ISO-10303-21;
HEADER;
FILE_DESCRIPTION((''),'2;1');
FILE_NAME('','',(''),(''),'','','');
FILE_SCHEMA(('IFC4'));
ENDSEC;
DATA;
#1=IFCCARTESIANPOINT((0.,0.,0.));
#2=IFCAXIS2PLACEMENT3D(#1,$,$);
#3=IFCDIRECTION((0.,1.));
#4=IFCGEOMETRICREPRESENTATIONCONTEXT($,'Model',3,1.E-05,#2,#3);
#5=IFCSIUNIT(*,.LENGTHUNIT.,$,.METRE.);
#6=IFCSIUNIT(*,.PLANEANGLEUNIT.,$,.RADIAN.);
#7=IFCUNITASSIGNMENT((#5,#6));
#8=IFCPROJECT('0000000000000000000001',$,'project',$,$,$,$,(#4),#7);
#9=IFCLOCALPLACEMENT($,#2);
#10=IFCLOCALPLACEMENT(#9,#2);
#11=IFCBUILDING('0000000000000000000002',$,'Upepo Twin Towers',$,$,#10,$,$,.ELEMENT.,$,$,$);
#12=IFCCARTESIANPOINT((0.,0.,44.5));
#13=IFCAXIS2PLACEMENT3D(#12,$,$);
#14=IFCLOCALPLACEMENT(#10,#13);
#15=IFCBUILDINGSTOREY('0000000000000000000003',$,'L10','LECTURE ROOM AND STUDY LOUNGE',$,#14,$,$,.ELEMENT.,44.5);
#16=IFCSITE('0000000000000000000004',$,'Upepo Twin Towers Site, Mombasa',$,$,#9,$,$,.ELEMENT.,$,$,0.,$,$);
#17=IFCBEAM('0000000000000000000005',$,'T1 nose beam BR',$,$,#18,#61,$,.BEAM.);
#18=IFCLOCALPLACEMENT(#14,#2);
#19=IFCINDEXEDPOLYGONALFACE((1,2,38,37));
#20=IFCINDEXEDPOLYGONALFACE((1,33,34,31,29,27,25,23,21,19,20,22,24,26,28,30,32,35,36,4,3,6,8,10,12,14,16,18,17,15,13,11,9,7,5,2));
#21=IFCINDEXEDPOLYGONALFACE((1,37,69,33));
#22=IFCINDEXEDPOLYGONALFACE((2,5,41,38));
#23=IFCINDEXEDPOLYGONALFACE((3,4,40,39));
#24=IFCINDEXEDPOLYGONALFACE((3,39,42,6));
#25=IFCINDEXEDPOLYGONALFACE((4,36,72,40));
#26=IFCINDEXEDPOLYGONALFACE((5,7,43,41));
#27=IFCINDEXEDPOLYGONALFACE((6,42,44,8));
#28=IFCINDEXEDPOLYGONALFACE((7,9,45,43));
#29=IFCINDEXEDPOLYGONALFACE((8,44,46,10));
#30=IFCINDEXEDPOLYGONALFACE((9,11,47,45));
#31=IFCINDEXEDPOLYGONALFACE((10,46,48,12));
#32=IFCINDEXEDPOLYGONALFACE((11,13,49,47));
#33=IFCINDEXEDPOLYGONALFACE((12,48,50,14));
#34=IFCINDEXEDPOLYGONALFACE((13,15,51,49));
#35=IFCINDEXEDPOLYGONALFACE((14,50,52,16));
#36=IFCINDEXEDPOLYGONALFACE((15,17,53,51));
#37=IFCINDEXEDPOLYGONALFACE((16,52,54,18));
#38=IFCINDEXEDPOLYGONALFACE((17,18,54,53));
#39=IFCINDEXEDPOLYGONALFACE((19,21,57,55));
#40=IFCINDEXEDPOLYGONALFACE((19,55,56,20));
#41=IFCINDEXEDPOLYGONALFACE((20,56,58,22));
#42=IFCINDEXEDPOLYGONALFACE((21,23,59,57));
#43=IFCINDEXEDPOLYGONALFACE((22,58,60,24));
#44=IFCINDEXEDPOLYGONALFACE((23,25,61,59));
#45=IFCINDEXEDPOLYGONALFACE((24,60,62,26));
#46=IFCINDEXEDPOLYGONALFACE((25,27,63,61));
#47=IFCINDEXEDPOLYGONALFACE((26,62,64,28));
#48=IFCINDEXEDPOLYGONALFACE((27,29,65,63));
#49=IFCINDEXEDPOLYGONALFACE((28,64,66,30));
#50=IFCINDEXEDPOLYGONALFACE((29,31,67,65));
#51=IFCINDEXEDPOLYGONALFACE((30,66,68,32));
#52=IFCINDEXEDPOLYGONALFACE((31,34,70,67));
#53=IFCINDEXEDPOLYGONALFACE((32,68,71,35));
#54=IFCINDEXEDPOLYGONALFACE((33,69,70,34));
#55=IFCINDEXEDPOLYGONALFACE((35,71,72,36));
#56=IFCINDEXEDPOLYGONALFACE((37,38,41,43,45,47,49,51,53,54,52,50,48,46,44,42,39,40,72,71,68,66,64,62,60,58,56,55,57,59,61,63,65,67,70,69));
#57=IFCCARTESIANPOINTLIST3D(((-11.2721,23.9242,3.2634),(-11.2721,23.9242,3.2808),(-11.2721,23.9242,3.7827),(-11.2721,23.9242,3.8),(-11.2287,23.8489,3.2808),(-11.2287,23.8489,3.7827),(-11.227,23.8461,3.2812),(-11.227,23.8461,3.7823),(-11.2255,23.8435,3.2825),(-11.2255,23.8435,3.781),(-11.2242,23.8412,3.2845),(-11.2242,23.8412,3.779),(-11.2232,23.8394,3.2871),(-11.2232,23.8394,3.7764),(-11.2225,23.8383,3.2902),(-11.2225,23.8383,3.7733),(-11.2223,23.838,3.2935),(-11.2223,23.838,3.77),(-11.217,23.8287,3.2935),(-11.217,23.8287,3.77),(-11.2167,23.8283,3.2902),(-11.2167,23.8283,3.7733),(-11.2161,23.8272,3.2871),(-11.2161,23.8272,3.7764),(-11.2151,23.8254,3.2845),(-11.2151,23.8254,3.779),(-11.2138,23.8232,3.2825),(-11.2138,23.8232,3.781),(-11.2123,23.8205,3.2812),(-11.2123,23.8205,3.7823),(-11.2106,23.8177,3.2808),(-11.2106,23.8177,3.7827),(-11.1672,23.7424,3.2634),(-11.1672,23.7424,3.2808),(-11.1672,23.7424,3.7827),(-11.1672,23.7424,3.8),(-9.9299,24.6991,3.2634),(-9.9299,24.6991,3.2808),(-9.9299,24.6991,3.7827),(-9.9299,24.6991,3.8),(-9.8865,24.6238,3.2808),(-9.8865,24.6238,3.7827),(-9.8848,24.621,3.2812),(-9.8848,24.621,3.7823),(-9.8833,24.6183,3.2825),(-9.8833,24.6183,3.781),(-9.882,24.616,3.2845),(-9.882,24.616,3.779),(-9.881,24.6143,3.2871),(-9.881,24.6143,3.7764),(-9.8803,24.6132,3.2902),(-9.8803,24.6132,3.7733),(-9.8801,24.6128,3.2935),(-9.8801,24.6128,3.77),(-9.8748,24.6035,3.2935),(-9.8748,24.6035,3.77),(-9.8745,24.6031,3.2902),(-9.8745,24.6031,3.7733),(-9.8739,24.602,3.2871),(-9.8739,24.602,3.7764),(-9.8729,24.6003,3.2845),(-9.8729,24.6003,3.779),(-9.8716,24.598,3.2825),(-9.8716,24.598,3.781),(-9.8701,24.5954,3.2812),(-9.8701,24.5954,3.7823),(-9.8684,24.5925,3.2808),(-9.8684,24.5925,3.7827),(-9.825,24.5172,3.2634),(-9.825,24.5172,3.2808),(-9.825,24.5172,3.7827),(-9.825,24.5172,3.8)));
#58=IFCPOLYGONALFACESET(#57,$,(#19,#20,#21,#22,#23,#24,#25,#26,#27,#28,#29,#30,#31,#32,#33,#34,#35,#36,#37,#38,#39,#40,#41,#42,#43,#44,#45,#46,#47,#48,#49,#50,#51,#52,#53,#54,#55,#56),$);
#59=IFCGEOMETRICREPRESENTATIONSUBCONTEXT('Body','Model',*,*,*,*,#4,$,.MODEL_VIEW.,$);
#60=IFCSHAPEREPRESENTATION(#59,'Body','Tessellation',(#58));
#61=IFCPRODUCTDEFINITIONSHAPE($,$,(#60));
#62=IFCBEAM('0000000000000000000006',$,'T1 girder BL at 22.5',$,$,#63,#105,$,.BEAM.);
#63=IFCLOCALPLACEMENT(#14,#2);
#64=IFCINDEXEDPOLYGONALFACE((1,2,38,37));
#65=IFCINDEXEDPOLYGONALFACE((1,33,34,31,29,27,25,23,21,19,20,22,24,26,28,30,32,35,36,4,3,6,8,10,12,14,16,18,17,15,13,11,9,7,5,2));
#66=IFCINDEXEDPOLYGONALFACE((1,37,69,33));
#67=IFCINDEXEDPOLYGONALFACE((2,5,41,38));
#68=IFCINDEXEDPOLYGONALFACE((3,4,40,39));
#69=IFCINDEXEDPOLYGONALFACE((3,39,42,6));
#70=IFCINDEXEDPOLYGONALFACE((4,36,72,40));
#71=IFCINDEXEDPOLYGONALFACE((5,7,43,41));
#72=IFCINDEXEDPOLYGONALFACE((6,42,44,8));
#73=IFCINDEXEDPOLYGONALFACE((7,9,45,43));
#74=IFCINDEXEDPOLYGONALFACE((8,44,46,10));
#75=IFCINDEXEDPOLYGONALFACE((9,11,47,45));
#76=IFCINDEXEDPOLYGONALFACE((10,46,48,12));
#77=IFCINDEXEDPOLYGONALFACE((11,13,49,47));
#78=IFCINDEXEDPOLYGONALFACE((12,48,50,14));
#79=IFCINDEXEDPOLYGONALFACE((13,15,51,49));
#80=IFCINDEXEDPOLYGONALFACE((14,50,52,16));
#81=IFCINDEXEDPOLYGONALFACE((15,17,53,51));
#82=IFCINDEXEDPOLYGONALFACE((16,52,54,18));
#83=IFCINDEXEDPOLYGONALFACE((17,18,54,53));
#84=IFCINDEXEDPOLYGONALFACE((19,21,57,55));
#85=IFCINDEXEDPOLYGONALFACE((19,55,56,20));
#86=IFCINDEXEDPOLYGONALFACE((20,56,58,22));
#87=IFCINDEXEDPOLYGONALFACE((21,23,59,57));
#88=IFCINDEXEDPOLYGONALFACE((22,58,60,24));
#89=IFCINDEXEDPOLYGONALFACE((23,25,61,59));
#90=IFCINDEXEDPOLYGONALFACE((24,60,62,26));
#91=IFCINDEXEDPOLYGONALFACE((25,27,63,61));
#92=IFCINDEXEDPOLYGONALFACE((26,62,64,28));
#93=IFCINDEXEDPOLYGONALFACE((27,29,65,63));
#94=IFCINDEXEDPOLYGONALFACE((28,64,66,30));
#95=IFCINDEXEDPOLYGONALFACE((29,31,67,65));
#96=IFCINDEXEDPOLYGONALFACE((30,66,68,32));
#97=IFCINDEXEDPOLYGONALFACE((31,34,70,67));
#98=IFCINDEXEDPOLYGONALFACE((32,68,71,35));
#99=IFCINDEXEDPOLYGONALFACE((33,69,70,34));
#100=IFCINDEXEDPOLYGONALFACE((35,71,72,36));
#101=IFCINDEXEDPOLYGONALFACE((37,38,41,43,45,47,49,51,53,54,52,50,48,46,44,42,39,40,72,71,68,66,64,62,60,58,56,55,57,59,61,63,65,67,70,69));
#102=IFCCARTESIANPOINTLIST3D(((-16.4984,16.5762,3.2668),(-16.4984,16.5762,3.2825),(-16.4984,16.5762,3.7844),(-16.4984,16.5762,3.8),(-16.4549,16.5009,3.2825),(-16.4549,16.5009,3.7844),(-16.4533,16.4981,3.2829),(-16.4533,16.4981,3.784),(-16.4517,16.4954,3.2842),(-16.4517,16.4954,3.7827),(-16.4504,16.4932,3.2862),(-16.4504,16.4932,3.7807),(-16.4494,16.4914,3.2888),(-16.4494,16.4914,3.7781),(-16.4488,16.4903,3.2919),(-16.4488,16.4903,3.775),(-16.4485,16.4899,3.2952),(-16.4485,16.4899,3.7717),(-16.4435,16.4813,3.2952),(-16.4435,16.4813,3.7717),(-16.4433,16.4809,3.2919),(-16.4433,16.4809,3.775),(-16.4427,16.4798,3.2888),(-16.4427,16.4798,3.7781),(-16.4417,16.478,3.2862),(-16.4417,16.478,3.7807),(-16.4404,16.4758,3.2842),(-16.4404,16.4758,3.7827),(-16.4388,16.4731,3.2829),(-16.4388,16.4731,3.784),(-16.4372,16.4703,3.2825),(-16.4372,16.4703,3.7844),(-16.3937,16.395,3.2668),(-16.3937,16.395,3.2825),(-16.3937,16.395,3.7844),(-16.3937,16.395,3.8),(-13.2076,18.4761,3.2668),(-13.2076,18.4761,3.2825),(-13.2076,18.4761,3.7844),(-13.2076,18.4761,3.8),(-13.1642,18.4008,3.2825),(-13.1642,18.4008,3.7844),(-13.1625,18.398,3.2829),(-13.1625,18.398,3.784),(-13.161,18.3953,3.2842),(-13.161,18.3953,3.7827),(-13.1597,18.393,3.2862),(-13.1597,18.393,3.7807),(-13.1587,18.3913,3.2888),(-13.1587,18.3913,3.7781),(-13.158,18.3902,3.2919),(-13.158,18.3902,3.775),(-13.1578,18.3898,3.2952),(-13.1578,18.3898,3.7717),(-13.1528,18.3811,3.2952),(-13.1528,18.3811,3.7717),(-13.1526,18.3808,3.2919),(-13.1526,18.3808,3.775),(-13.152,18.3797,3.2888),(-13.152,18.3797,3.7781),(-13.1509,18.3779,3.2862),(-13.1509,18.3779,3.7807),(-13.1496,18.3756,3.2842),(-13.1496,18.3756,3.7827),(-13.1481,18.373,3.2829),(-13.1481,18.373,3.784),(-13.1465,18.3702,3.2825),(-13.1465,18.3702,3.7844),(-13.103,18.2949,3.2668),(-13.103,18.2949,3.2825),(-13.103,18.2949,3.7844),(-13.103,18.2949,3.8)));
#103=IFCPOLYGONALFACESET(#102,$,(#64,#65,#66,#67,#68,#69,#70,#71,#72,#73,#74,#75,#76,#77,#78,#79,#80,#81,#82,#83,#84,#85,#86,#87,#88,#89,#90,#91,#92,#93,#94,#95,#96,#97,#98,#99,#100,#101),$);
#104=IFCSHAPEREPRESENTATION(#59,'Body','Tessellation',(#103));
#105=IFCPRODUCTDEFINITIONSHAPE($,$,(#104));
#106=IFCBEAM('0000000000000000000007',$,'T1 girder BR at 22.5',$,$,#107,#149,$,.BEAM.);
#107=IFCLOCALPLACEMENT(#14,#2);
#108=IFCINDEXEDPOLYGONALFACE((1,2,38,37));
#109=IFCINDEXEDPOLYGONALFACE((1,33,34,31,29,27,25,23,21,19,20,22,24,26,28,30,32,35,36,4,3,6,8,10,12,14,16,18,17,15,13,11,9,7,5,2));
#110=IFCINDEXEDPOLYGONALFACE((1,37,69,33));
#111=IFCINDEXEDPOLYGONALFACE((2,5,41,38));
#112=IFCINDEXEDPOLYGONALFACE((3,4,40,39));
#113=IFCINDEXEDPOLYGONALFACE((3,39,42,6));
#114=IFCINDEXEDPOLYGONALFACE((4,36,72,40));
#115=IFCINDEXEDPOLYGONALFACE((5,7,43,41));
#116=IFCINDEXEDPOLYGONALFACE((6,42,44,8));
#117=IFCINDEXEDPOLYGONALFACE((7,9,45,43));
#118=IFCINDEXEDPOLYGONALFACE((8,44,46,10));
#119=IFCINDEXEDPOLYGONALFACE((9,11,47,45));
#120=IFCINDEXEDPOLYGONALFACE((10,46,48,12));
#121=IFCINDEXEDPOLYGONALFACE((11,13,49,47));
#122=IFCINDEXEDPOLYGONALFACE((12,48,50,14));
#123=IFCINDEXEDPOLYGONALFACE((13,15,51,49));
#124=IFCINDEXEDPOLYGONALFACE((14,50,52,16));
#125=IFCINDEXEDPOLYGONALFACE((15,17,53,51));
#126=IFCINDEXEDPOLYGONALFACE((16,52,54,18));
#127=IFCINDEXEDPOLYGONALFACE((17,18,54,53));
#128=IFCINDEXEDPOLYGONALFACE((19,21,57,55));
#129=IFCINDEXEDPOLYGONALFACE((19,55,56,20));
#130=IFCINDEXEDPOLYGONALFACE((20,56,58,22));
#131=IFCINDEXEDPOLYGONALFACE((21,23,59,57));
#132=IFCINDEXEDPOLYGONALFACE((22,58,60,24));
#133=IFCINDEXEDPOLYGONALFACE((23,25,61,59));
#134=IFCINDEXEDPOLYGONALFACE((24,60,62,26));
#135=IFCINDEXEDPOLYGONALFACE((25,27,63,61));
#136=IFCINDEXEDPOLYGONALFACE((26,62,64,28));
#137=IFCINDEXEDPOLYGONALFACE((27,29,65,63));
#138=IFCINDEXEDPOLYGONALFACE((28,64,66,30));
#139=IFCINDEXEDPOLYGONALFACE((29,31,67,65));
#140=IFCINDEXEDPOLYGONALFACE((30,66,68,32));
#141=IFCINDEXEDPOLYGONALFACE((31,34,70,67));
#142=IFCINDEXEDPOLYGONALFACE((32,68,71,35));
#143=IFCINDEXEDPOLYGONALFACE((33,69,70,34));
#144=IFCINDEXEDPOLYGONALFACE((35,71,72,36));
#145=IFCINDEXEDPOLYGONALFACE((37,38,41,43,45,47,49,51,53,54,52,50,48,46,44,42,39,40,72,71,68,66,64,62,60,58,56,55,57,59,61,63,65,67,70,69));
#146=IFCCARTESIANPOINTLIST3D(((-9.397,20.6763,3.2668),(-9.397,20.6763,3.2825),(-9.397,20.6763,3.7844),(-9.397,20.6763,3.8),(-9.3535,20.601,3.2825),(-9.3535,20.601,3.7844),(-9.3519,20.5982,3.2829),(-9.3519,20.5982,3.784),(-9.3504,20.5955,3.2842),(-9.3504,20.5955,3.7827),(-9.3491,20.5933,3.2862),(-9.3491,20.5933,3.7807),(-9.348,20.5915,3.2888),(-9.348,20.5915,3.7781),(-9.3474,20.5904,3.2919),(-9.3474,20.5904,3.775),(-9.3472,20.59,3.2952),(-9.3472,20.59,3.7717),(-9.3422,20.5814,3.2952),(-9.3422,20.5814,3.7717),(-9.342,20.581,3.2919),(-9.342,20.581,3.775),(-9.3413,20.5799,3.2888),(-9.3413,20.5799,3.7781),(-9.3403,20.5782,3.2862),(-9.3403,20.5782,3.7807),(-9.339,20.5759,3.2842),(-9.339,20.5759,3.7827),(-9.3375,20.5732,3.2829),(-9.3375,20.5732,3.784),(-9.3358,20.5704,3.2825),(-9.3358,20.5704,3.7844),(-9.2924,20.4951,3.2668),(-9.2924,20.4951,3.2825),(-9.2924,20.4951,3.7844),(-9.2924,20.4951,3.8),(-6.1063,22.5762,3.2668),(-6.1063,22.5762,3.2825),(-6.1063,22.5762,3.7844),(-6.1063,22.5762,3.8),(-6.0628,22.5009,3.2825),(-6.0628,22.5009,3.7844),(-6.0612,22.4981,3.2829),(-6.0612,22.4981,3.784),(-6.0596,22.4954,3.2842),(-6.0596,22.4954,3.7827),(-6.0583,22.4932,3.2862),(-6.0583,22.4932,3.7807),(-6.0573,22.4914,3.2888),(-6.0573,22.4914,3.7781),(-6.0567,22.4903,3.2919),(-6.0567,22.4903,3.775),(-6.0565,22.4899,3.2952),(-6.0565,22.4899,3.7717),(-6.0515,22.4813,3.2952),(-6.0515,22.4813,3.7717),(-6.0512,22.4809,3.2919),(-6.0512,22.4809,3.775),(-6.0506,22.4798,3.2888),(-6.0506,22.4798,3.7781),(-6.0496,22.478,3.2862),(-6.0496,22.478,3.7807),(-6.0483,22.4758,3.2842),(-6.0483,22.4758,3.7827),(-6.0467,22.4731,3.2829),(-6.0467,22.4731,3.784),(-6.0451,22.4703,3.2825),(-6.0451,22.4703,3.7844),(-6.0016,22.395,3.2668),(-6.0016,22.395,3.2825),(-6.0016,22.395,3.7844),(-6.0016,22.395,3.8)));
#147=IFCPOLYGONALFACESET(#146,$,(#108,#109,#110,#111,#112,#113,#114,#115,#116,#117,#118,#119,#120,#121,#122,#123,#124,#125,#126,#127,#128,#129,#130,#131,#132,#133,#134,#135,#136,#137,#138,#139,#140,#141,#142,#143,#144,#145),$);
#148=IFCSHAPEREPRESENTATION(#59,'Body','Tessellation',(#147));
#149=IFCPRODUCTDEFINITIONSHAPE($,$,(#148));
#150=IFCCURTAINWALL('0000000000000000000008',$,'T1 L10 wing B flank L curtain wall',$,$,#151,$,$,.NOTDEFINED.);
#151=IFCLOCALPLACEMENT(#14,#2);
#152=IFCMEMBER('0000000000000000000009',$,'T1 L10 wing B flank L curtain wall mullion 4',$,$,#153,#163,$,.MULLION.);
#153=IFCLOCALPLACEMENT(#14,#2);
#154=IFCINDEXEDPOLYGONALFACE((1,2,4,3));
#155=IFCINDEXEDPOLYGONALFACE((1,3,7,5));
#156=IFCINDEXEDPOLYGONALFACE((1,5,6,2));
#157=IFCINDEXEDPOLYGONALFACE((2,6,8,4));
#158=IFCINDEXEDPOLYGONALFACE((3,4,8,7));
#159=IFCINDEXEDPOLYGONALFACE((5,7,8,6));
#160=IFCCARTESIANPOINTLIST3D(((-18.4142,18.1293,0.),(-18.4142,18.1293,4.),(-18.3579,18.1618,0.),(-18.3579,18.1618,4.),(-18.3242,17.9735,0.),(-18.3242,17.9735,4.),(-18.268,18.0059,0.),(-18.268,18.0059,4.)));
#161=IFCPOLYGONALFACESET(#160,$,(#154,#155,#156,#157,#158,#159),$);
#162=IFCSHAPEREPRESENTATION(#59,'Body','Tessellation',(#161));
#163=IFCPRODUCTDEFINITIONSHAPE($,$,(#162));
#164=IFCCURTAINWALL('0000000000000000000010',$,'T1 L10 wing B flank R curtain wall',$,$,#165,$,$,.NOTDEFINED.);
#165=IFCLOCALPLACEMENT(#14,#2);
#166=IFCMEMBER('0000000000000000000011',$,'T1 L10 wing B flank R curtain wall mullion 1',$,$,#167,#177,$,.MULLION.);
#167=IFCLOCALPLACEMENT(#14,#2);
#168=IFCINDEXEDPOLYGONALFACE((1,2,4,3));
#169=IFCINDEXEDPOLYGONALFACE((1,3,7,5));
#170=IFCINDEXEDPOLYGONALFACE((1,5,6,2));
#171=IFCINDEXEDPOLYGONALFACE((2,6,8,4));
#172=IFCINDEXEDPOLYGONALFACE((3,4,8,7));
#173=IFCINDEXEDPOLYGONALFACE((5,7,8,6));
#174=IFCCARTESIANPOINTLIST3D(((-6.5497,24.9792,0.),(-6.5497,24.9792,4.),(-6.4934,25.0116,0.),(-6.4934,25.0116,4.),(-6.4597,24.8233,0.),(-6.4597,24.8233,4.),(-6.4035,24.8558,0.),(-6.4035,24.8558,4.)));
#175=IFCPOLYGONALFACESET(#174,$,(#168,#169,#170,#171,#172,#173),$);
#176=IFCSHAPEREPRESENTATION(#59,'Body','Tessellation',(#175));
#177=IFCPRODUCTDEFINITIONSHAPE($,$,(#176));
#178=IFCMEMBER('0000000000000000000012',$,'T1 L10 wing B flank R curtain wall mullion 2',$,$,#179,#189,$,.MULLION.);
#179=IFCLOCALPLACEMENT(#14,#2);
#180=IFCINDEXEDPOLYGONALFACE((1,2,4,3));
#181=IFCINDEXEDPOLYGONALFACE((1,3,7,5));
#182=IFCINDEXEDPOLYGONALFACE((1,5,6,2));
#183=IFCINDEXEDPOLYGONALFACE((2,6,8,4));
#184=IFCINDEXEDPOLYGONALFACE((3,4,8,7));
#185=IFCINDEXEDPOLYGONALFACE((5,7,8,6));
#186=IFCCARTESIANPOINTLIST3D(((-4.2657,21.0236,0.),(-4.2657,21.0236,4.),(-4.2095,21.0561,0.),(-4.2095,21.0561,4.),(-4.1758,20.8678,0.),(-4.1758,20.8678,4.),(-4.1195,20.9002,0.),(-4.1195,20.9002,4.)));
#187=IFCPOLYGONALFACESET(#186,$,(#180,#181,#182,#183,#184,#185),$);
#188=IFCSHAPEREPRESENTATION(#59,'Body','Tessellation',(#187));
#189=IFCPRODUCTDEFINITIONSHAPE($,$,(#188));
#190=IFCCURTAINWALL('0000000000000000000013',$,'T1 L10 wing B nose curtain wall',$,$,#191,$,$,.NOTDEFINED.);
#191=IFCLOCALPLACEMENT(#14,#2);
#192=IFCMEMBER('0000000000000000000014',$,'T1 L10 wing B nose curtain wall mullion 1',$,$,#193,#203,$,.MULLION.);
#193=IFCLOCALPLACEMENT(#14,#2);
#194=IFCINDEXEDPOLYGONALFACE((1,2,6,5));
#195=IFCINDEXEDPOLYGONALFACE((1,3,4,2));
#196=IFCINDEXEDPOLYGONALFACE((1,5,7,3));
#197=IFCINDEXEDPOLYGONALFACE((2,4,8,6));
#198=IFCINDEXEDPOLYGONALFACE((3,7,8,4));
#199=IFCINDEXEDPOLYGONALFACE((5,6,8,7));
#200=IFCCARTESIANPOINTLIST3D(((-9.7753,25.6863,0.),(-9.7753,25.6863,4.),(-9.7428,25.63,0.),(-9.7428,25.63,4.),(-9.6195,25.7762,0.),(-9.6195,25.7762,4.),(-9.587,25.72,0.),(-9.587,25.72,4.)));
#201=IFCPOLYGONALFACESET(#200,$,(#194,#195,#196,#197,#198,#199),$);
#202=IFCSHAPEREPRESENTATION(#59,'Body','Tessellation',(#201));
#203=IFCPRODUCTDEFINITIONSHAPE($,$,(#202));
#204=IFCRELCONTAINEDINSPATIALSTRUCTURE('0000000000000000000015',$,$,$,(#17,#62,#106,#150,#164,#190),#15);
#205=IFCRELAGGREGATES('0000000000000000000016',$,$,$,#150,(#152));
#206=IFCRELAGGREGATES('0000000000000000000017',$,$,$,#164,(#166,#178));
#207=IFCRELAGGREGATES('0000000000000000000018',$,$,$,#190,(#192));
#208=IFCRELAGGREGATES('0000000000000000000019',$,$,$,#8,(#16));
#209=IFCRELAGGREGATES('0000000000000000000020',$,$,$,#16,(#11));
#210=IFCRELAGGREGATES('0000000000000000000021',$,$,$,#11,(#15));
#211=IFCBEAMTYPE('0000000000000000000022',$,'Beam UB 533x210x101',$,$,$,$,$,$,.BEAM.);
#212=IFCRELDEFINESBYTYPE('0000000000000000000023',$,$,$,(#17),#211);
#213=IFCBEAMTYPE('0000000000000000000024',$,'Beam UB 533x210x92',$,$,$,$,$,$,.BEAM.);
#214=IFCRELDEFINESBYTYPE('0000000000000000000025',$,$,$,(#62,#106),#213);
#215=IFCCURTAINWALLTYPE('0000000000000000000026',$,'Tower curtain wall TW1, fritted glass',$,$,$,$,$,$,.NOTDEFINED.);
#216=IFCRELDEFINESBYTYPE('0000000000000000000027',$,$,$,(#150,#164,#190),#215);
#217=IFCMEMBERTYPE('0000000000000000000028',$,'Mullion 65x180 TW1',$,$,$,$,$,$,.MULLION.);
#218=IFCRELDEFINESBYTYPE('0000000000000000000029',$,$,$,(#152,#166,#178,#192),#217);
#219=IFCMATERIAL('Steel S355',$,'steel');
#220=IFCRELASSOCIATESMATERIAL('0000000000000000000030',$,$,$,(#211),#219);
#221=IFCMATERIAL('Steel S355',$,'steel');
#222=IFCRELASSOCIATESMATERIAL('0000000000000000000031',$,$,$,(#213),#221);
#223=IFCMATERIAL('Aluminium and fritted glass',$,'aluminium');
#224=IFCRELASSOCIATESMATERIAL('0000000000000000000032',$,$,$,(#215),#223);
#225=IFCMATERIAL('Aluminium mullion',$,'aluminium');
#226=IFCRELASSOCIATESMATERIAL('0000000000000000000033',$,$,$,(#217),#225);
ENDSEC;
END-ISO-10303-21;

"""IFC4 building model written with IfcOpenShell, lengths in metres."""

from ifc_helpers import new_model, si_unit, direction, frame, origin, origin_2d, place, context, subcontext, project, spatial, rectangle, i_section, extrude, material, material_profile, profile_set, type_object, element, aggregate, save


model = new_model("IFC4")

# Units and contexts
model_context = context("Model", 3, precision=1e-05, world=origin(), true_north=direction((0.0, 1.0)))
body_context = subcontext(model_context, "Body", "Model", "MODEL_VIEW")
ifc_project = project(units=[si_unit("LENGTHUNIT", "METRE"), si_unit("PLANEANGLEUNIT", "RADIAN")], contexts=[model_context])

# Site, building, storey
site_placement = place(None, origin())
site = spatial("IfcSite", under=ifc_project, at=site_placement, Name="Upepo Twin Towers Site, Mombasa", CompositionType="ELEMENT", RefElevation=0.0)
building_placement = place(site_placement, origin())
building = spatial("IfcBuilding", under=site, at=building_placement, Name="Upepo Twin Towers", CompositionType="ELEMENT")
storey_placement = place(building_placement, frame((0.0, 0.0, 44.5)))
storey = spatial("IfcBuildingStorey", under=building, at=storey_placement, Name="L10", Description="LECTURE ROOM AND STUDY LOUNGE", CompositionType="ELEMENT", Elevation=44.5)

# Beams
ifc_material_1 = material(Name="Steel S355", Category="steel")
ifc_material_profile_1 = material_profile(ifc_material_1, i_section(OverallWidth=0.21, OverallDepth=0.5366, WebThickness=0.0107, FlangeThickness=0.0173, FilletRadius=0.0127, at=origin_2d()), Name="UB 533x210x101")
ifc_profile_set_1 = profile_set([ifc_material_profile_1], Name="Steel S355")
beam_type_1 = type_object("IfcBeamType", Name="Beam UB 533x210x101", PredefinedType="BEAM", material=ifc_profile_set_1)
for number, where, z_axis, x_axis, name in (
    (1, (-9.8774, 24.6082, 3.5317), (-0.866044, -0.499968, 0.0), (0.499968, -0.866044, 0.0), "T1 nose beam BR"),
):
    element("IfcBeam", number, at=place(storey_placement, frame(where, z_axis=z_axis, x_axis=x_axis)), inside=storey, type_object=beam_type_1, Name=name, PredefinedType="BEAM", context=body_context, shape_type="SweptSolid", body=[
        extrude(i_section(OverallWidth=0.21, OverallDepth=0.5366, WebThickness=0.0107, FlangeThickness=0.0173, FilletRadius=0.0127, at=origin_2d()), origin(), (0.0, 0.0, 1.0), 1.5498),
    ])
ifc_material_2 = material(Name="Steel S355", Category="steel")
ifc_material_profile_2 = material_profile(ifc_material_2, i_section(OverallWidth=0.2092, OverallDepth=0.5332, WebThickness=0.01, FlangeThickness=0.0156, FilletRadius=0.0127, at=origin_2d()), Name="UB 533x210x92")
ifc_profile_set_2 = profile_set([ifc_material_profile_2], Name="Steel S355")
beam_type_2 = type_object("IfcBeamType", Name="Beam UB 533x210x92", PredefinedType="BEAM", material=ifc_profile_set_2)
for number, where, z_axis, x_axis, name in (
    (2, (-16.446, 16.4856, 3.5334), (0.866028, 0.499995, 0.0), (-0.499995, 0.866028, 0.0), "T1 girder BL at 22.5"),
    (3, (-6.054, 22.4856, 3.5334), (-0.866028, -0.499995, 0.0), (0.499995, -0.866028, 0.0), "T1 girder BR at 22.5"),
):
    element("IfcBeam", number, at=place(storey_placement, frame(where, z_axis=z_axis, x_axis=x_axis)), inside=storey, type_object=beam_type_2, Name=name, PredefinedType="BEAM", context=body_context, shape_type="SweptSolid", body=[
        extrude(i_section(OverallWidth=0.2092, OverallDepth=0.5332, WebThickness=0.01, FlangeThickness=0.0156, FilletRadius=0.0127, at=origin_2d()), origin(), (0.0, 0.0, 1.0), 3.7998),
    ])

# Curtain wall, member
ifc_material_3 = material(Name="Aluminium and fritted glass", Category="aluminium")
curtain_wall_type = type_object("IfcCurtainWallType", Name="Tower curtain wall TW1, fritted glass", PredefinedType="NOTDEFINED", material=ifc_material_3)
curtain_wall_1_placement = place(storey_placement, origin())
curtain_wall_1 = element("IfcCurtainWall", 4, at=curtain_wall_1_placement, inside=storey, type_object=curtain_wall_type, Name="T1 L10 wing B flank L curtain wall", PredefinedType="NOTDEFINED")
ifc_material_4 = material(Name="Aluminium mullion", Category="aluminium")
ifc_material_profile_3 = material_profile(ifc_material_4, rectangle(XDim=0.0649, YDim=0.1799, at=origin_2d()), Name="MULLION 65x180")
ifc_profile_set_3 = profile_set([ifc_material_profile_3], Name="Aluminium mullion")
member_type_1 = type_object("IfcMemberType", Name="Mullion 65x180 TW1", PredefinedType="MULLION", material=ifc_profile_set_3)
member_1_placement = place(storey_placement, frame((-18.3411, 18.0676, 0.0), z_axis=(0.0, 0.0, 1.0), x_axis=(-0.866025, -0.5, 0.0)))
member_1 = element("IfcMember", 5, at=member_1_placement, type_object=member_type_1, Name="T1 L10 wing B flank L curtain wall mullion 4", PredefinedType="MULLION", context=body_context, shape_type="SweptSolid", body=[
    extrude(rectangle(XDim=0.0649, YDim=0.1799, at=origin_2d()), origin(), (0.0, 0.0, 1.0), 4.0),
])
aggregate(curtain_wall_1, [member_1])

# Curtain walls, members
curtain_wall_2_placement = place(storey_placement, origin())
curtain_wall_2 = element("IfcCurtainWall", 6, at=curtain_wall_2_placement, inside=storey, type_object=curtain_wall_type, Name="T1 L10 wing B flank R curtain wall", PredefinedType="NOTDEFINED")
member_2_placement = place(storey_placement, frame((-6.4766, 24.9175, 0.0), z_axis=(0.0, 0.0, 1.0), x_axis=(0.866025, 0.5, 0.0)))
member_2 = element("IfcMember", 7, at=member_2_placement, type_object=member_type_1, Name="T1 L10 wing B flank R curtain wall mullion 1", PredefinedType="MULLION", context=body_context, shape_type="SweptSolid", body=[
    extrude(rectangle(XDim=0.0649, YDim=0.1799, at=origin_2d()), origin(), (0.0, 0.0, 1.0), 4.0),
])
member_3_placement = place(storey_placement, frame((-4.1926, 20.9619, 0.0), z_axis=(0.0, 0.0, 1.0), x_axis=(0.866025, 0.5, 0.0)))
member_3 = element("IfcMember", 8, at=member_3_placement, type_object=member_type_1, Name="T1 L10 wing B flank R curtain wall mullion 2", PredefinedType="MULLION", context=body_context, shape_type="SweptSolid", body=[
    extrude(rectangle(XDim=0.0649, YDim=0.1799, at=origin_2d()), origin(), (0.0, 0.0, 1.0), 4.0),
])
curtain_wall_3_placement = place(storey_placement, origin())
curtain_wall_3 = element("IfcCurtainWall", 9, at=curtain_wall_3_placement, inside=storey, type_object=curtain_wall_type, Name="T1 L10 wing B nose curtain wall", PredefinedType="NOTDEFINED")
member_4_placement = place(storey_placement, frame((-9.6812, 25.7031, 0.0), z_axis=(0.0, 0.0, 1.0), x_axis=(0.5, -0.866025, 0.0)))
member_4 = element("IfcMember", 10, at=member_4_placement, type_object=member_type_1, Name="T1 L10 wing B nose curtain wall mullion 1", PredefinedType="MULLION", context=body_context, shape_type="SweptSolid", body=[
    extrude(rectangle(XDim=0.0649, YDim=0.1799, at=origin_2d()), origin(), (0.0, 0.0, 1.0), 4.0),
])

aggregate(curtain_wall_2, [member_2, member_3])
aggregate(curtain_wall_3, [member_4])

save(model, "model.ifc")
